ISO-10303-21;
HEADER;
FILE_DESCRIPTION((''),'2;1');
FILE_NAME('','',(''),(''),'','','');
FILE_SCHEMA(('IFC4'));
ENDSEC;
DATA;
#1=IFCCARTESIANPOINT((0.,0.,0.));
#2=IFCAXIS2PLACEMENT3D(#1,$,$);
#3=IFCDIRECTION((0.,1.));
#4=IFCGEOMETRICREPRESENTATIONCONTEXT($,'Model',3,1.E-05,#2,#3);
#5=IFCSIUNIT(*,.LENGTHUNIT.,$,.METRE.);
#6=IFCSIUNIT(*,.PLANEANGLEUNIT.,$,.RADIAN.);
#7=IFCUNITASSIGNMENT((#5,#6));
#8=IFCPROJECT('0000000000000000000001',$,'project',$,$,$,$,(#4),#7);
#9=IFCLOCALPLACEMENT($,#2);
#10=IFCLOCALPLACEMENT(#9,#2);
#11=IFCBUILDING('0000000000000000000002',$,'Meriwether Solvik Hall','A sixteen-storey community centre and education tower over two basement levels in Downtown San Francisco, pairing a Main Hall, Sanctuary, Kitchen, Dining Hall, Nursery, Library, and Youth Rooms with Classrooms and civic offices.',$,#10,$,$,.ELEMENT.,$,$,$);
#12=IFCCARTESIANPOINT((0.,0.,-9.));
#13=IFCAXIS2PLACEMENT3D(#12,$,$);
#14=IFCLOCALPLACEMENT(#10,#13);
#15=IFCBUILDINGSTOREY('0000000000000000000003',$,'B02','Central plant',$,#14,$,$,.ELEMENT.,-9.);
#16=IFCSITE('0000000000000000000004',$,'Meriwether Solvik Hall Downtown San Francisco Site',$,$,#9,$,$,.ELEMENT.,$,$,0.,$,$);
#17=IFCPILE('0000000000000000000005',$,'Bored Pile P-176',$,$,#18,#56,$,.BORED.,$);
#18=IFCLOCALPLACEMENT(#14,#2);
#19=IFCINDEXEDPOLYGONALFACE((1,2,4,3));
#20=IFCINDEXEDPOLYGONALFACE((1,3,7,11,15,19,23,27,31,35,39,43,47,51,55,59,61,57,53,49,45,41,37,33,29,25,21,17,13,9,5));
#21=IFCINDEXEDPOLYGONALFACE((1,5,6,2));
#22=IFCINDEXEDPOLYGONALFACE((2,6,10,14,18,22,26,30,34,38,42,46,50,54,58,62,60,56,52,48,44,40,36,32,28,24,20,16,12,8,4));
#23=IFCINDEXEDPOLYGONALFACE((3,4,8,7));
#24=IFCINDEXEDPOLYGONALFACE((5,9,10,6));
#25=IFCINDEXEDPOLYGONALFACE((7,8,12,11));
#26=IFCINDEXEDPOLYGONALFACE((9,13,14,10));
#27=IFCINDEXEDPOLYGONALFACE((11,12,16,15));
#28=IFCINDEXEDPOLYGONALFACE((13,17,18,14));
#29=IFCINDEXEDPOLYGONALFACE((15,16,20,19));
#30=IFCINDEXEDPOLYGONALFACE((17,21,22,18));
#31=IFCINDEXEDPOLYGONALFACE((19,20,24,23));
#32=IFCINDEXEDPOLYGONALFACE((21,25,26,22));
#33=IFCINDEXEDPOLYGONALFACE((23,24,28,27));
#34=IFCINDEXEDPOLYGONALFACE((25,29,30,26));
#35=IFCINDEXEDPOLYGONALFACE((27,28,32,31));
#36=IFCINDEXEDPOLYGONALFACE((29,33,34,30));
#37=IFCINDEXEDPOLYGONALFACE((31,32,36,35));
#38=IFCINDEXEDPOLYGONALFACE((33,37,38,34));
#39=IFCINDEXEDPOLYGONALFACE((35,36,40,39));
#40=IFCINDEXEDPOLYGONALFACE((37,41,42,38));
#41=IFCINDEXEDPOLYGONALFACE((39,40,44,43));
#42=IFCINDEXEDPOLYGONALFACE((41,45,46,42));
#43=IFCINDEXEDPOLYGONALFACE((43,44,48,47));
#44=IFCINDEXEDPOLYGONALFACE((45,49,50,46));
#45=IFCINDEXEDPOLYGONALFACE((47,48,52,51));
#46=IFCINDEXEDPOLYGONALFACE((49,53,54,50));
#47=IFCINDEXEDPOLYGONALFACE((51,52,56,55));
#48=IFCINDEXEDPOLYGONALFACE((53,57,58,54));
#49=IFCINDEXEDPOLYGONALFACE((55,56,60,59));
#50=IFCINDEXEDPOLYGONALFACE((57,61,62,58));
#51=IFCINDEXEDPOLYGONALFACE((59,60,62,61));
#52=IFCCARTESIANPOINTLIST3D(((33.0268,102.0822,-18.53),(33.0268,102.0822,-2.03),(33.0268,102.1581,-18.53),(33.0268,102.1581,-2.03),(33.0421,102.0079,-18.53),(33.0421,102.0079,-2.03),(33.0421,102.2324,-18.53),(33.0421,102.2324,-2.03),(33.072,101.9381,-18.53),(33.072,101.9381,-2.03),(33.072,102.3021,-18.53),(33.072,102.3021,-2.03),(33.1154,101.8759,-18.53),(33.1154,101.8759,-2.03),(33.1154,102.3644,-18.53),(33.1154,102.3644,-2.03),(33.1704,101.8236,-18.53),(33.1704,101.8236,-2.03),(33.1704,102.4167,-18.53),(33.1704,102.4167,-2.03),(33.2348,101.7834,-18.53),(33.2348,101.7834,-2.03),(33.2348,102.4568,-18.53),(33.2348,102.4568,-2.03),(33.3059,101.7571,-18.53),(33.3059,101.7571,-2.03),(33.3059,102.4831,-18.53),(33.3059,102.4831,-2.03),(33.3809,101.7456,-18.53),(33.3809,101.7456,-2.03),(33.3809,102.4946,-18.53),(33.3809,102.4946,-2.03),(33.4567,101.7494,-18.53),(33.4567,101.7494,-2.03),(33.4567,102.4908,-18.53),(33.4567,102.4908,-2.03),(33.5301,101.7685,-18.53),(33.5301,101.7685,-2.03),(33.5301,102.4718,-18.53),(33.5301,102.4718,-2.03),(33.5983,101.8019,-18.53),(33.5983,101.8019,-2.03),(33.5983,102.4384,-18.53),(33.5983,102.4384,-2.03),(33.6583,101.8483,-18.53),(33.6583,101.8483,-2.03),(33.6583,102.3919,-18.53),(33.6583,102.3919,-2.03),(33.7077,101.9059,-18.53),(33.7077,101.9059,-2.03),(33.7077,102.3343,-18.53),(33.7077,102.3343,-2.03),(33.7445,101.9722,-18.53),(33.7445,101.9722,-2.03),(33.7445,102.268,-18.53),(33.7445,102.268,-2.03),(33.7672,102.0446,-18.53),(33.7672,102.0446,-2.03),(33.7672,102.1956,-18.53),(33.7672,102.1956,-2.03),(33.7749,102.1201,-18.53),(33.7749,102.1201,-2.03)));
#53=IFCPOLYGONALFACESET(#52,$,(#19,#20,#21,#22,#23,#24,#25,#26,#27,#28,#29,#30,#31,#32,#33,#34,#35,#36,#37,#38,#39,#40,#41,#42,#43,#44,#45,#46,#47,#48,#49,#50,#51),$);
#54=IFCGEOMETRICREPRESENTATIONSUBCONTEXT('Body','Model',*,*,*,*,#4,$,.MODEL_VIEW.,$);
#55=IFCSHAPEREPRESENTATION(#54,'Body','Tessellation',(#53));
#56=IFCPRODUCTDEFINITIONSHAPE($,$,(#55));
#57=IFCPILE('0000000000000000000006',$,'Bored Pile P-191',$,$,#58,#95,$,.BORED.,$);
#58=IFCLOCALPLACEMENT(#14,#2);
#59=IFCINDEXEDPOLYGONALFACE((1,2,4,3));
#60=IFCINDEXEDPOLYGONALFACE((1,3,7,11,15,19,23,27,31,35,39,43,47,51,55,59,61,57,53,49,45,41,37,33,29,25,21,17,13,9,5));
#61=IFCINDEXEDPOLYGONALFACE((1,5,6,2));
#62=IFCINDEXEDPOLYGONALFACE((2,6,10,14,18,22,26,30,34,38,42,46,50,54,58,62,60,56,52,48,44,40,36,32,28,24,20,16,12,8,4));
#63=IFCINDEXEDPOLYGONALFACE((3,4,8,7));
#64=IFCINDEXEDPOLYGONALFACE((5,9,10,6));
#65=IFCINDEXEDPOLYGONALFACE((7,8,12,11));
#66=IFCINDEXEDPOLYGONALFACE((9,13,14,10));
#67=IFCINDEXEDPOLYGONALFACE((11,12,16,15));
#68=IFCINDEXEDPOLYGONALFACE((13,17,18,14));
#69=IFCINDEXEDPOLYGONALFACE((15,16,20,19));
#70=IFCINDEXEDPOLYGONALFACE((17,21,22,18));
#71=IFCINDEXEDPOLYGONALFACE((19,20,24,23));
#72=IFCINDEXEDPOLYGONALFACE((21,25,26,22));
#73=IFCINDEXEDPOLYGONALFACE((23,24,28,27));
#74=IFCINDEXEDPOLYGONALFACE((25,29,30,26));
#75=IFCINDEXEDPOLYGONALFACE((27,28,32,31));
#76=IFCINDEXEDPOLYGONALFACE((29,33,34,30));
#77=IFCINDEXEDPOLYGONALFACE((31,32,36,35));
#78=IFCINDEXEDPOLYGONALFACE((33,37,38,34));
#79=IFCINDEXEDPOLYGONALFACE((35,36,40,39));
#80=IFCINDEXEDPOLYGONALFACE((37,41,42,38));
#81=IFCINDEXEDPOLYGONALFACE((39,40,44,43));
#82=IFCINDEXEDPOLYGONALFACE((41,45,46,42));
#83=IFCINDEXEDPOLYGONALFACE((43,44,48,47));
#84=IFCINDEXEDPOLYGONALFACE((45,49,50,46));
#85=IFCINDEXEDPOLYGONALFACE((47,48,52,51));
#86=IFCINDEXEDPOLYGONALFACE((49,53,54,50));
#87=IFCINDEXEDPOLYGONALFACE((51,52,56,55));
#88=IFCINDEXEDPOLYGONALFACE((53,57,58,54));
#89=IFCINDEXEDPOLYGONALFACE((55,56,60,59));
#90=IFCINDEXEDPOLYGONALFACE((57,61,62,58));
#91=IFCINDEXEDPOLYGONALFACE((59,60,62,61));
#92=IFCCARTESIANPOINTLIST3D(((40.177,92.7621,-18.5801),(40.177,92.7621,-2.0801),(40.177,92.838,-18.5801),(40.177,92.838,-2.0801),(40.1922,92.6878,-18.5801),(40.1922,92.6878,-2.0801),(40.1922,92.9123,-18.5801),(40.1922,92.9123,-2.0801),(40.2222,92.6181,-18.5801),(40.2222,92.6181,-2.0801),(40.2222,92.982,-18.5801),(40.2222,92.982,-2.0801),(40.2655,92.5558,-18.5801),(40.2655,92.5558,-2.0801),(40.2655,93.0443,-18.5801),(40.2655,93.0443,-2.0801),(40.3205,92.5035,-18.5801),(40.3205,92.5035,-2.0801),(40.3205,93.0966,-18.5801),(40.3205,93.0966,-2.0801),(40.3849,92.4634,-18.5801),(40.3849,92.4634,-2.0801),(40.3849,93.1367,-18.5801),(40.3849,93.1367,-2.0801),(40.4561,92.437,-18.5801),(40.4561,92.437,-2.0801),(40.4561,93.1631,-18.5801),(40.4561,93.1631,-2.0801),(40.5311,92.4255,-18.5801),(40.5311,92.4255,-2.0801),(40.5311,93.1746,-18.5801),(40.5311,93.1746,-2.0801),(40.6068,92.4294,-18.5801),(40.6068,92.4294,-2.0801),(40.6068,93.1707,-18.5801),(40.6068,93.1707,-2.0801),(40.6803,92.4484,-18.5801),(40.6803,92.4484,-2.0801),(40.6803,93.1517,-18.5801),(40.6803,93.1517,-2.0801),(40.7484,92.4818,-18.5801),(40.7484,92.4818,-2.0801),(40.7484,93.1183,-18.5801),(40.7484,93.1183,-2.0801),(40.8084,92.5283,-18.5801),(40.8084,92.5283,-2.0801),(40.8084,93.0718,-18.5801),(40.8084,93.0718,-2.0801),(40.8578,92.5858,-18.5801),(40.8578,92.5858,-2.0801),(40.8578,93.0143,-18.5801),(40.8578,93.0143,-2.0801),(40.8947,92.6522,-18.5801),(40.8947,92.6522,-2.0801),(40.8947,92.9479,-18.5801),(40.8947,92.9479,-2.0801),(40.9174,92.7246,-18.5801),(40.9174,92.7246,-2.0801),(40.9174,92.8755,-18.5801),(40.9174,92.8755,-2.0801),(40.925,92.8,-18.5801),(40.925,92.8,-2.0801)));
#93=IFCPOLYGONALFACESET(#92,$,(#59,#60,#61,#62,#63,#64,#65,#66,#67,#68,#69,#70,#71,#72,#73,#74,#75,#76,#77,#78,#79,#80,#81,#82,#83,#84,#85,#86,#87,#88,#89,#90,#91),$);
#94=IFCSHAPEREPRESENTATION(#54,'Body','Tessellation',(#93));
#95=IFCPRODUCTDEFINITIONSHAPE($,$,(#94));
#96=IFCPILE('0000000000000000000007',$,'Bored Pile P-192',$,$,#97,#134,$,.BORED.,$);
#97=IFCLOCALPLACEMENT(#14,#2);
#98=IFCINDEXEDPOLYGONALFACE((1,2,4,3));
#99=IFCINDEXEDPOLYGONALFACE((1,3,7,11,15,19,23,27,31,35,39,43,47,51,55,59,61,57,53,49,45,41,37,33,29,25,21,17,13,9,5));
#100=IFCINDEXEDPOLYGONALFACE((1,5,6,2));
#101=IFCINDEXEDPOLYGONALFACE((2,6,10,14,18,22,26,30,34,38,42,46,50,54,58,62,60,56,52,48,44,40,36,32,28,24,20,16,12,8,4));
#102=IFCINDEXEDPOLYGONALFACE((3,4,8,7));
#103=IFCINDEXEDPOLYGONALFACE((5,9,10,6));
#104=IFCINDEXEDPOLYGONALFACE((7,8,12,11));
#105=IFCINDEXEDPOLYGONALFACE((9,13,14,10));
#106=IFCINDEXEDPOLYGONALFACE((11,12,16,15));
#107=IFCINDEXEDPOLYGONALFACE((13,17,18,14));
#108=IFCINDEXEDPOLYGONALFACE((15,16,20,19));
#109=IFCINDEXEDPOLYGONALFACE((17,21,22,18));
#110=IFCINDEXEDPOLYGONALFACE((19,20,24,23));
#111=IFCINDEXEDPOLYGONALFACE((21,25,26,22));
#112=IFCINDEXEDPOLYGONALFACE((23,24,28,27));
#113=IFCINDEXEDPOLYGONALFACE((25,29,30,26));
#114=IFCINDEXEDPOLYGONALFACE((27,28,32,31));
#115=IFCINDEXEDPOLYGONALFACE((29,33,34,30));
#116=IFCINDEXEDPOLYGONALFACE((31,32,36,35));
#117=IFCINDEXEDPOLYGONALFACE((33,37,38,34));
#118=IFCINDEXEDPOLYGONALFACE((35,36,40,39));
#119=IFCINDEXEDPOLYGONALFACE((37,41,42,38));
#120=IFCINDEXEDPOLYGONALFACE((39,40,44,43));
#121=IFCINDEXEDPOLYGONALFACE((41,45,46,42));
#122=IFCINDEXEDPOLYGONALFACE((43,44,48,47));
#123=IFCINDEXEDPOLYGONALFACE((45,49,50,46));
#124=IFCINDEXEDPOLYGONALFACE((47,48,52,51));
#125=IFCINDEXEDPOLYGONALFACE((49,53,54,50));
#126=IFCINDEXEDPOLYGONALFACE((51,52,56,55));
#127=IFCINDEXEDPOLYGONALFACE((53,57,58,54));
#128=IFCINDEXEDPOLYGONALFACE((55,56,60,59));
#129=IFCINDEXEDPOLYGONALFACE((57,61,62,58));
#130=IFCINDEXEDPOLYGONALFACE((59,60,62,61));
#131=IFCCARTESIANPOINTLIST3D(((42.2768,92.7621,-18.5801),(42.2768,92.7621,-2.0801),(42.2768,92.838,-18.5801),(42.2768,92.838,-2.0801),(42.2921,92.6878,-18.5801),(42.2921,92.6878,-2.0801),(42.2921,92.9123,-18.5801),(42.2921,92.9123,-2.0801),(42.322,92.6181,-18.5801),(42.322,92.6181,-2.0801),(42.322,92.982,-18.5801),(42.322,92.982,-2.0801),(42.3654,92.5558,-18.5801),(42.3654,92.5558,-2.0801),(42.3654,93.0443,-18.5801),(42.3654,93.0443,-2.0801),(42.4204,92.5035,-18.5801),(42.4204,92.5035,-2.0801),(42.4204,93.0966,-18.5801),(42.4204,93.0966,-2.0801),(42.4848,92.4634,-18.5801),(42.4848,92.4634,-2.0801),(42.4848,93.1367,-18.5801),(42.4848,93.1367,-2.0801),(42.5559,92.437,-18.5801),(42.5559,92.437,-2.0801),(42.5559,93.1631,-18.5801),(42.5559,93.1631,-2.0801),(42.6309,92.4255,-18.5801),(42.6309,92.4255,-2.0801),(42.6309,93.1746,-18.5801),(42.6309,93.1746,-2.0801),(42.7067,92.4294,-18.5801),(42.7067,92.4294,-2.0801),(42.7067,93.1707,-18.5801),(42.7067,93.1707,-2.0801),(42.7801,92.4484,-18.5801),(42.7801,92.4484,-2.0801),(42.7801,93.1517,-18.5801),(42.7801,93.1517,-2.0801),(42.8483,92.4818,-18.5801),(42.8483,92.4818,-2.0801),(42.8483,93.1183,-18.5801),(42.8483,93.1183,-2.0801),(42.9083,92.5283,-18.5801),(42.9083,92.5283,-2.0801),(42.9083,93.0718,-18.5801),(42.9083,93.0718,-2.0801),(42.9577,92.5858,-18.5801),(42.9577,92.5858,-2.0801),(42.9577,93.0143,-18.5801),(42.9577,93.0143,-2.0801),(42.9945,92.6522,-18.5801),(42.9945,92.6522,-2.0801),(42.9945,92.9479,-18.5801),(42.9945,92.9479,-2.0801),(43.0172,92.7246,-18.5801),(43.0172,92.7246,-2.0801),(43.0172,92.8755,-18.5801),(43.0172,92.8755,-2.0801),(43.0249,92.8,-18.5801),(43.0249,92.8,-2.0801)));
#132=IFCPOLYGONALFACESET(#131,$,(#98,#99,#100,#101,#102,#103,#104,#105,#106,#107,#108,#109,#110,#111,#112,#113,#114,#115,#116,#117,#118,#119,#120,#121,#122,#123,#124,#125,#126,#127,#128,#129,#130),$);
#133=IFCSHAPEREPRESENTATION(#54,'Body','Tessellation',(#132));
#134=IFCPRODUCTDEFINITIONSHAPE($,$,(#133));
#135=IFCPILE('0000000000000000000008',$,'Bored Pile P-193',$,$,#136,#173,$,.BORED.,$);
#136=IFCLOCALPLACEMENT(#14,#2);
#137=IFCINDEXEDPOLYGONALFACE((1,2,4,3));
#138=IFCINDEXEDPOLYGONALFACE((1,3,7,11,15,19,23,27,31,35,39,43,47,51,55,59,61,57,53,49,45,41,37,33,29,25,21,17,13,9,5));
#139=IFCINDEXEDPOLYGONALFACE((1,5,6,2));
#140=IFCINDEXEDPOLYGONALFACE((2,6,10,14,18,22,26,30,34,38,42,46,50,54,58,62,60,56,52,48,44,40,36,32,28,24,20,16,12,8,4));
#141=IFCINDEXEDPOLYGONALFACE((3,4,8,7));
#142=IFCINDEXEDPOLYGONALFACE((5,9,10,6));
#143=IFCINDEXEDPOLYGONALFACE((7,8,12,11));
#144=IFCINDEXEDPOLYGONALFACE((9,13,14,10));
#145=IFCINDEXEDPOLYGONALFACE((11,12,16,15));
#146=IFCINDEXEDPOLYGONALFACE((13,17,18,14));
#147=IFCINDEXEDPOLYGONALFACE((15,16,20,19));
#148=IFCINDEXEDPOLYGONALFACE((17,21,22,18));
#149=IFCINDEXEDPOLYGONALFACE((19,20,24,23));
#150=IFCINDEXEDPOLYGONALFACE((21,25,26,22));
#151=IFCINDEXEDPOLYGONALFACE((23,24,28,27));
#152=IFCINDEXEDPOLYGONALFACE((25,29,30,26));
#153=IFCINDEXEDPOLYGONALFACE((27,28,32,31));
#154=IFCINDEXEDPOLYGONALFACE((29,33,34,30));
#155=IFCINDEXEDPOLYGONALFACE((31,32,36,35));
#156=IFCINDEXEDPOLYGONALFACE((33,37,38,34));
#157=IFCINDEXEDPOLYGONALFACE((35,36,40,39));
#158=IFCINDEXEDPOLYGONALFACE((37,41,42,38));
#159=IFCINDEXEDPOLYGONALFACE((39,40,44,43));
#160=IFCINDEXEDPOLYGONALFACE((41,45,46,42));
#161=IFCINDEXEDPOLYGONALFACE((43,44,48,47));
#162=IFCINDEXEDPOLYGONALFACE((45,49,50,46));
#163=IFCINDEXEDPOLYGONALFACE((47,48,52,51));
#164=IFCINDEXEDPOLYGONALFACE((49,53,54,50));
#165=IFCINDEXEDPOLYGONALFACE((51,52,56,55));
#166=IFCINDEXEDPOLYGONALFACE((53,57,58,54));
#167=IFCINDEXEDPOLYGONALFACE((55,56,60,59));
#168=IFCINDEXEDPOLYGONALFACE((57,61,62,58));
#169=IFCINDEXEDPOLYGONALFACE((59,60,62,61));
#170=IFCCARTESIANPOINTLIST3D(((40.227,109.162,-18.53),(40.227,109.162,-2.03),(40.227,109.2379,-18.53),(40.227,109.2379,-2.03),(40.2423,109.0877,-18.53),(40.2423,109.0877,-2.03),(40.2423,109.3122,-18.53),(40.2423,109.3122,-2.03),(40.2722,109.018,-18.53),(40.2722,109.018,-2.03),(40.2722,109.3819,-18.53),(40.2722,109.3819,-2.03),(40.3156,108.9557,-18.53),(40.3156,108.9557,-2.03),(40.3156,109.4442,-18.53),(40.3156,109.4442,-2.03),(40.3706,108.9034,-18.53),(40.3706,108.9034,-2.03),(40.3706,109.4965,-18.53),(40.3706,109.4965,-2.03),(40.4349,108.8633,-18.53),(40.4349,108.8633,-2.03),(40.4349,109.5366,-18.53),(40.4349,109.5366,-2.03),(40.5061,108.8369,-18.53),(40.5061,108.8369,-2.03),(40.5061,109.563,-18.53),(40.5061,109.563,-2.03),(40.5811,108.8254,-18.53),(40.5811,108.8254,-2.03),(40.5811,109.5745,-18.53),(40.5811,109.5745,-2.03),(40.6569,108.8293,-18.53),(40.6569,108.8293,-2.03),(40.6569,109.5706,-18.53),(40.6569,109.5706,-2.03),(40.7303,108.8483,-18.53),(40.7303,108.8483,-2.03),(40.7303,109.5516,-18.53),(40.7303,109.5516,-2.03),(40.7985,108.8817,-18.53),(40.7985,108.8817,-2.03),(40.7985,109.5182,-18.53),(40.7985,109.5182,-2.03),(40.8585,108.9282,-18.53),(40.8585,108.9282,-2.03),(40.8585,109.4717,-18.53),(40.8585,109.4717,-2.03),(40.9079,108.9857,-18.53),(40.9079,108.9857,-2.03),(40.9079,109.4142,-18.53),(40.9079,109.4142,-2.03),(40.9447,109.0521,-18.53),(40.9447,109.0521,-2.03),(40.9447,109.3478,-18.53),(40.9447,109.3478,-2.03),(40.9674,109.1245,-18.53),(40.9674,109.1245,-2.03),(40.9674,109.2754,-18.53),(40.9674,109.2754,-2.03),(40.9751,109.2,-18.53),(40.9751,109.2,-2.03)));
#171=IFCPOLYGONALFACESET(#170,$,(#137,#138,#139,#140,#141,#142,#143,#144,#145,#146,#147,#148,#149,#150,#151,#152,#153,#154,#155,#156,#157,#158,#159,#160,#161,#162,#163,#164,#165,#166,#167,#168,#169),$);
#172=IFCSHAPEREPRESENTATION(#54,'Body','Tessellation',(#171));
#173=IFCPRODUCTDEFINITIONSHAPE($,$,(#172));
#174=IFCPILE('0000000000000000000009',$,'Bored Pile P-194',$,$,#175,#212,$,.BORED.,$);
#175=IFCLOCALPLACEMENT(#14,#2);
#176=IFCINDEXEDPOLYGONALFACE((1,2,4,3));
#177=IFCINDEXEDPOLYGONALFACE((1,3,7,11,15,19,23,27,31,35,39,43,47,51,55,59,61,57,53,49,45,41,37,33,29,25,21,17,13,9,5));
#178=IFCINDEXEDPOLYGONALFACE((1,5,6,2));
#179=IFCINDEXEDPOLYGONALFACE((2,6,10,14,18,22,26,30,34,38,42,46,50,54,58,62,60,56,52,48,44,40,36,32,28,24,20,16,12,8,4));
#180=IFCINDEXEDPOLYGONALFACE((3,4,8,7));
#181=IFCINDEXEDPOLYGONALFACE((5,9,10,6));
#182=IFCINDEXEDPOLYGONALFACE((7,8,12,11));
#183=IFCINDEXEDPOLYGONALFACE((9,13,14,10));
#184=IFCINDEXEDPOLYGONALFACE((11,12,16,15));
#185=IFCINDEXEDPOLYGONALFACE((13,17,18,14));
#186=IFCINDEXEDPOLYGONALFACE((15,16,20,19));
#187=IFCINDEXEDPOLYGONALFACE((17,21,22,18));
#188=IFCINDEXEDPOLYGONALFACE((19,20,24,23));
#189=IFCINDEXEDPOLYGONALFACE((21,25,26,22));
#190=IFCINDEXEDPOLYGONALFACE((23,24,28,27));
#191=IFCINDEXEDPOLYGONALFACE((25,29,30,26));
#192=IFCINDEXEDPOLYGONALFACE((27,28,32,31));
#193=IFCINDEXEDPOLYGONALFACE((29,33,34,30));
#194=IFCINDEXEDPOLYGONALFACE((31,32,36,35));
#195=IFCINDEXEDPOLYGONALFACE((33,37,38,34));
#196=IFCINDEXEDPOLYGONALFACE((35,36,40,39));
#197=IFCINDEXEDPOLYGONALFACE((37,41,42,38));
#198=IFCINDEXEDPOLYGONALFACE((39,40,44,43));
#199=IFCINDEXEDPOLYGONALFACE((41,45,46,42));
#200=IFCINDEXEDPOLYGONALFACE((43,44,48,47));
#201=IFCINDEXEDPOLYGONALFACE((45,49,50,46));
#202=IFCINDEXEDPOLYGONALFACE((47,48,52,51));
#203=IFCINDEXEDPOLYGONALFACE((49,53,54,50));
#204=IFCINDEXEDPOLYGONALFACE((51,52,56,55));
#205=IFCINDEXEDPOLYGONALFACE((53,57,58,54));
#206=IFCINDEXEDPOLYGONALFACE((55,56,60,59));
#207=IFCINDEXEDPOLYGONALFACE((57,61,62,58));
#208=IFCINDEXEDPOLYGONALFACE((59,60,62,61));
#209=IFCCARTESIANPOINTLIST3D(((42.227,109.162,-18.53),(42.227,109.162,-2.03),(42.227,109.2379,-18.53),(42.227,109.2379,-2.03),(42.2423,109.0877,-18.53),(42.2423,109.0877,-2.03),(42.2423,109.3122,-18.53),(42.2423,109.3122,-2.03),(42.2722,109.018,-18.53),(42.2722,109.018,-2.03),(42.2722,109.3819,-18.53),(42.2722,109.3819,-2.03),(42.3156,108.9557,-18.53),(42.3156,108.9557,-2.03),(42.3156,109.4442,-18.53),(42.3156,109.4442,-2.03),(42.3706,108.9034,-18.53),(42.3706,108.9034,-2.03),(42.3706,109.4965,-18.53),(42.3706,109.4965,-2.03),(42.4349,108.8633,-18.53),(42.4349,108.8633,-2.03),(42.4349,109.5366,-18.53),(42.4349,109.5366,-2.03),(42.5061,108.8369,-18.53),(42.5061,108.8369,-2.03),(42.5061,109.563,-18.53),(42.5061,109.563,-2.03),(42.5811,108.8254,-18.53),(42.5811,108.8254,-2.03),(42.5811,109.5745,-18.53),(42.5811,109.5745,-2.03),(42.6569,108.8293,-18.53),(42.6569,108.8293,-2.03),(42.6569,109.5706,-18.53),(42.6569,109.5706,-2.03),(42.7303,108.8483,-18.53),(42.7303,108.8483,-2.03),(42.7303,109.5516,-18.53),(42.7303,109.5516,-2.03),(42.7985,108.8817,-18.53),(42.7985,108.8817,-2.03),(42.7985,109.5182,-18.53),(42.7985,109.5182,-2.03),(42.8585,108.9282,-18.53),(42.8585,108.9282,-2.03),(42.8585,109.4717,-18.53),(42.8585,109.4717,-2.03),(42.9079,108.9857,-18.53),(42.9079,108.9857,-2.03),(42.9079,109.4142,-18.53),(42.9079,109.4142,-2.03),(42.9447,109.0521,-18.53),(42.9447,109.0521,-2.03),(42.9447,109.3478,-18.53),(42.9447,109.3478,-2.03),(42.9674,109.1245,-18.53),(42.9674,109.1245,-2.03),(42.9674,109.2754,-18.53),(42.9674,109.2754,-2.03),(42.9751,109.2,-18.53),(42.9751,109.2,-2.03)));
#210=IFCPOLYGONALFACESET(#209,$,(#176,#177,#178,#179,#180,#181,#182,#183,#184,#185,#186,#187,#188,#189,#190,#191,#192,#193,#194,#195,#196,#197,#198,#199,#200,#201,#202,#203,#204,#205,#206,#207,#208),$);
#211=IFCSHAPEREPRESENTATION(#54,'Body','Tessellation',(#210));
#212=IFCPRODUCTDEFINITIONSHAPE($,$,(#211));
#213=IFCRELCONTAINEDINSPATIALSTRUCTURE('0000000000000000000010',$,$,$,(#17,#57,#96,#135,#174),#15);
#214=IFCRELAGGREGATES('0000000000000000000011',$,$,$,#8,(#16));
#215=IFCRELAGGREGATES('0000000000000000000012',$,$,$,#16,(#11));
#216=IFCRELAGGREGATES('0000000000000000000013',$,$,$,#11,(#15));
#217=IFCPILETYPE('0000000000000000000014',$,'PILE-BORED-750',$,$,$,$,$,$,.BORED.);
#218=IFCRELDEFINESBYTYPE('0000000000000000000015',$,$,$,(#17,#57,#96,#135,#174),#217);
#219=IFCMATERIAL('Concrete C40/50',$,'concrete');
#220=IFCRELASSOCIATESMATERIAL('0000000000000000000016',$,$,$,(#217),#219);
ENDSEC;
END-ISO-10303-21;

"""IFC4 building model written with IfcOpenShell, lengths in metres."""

from ifc_helpers import new_model, si_unit, direction, frame, origin, origin_2d, place, context, subcontext, project, spatial, circle, extrude, material, material_profile, profile_set, type_object, element, save


model = new_model("IFC4")

# Units and contexts
model_context = context("Model", 3, precision=1e-05, world=origin(), true_north=direction((0.0, 1.0)))
body_context = subcontext(model_context, "Body", "Model", "MODEL_VIEW")
ifc_project = project(units=[si_unit("LENGTHUNIT", "METRE"), si_unit("PLANEANGLEUNIT", "RADIAN")], contexts=[model_context])

# Site, building, storey
site_placement = place(None, origin())
site = spatial("IfcSite", under=ifc_project, at=site_placement, Name="Meriwether Solvik Hall Downtown San Francisco Site", CompositionType="ELEMENT", RefElevation=0.0)
building_placement = place(site_placement, origin())
building = spatial("IfcBuilding", under=site, at=building_placement, Name="Meriwether Solvik Hall", Description="A sixteen-storey community centre and education tower over two basement levels in Downtown San Francisco, pairing a Main Hall, Sanctuary, Kitchen, Dining Hall, Nursery, Library, and Youth Rooms with Classrooms and civic offices.", CompositionType="ELEMENT")
storey_placement = place(building_placement, frame((0.0, 0.0, -9.0)))
storey = spatial("IfcBuildingStorey", under=building, at=storey_placement, Name="B02", Description="Central plant", CompositionType="ELEMENT", Elevation=-9.0)

# Piles
ifc_material_1 = material(Name="Concrete C40/50", Category="concrete")
ifc_material_profile_1 = material_profile(ifc_material_1, circle(Radius=0.375, at=origin_2d()), Name="PILE-D750")
ifc_profile_set_1 = profile_set([ifc_material_profile_1], Name="Concrete C40/50")
pile_type = type_object("IfcPileType", Name="PILE-BORED-750", PredefinedType="BORED", material=ifc_profile_set_1)
for number, where, z_axis, x_axis, name in (
    (1, (33.3999, 102.1201, -2.03), (0.0, 0.0, -1.0), (1.0, 0.0, 0.0), "Bored Pile P-176"),
    (2, (40.55, 92.8, -2.0801), (0.0, 0.0, -1.0), (1.0, 0.0, 0.0), "Bored Pile P-191"),
    (3, (42.6499, 92.8, -2.0801), (0.0, 0.0, -1.0), (1.0, 0.0, 0.0), "Bored Pile P-192"),
    (4, (40.6001, 109.2, -2.03), (0.0, 0.0, -1.0), (1.0, 0.0, 0.0), "Bored Pile P-193"),
    (5, (42.6001, 109.2, -2.03), (0.0, 0.0, -1.0), (1.0, 0.0, 0.0), "Bored Pile P-194"),
):
    element("IfcPile", number, at=place(storey_placement, frame(where, z_axis=z_axis, x_axis=x_axis)), inside=storey, type_object=pile_type, Name=name, PredefinedType="BORED", context=body_context, shape_type="SweptSolid", body=[
        extrude(circle(Radius=0.375, at=origin_2d()), origin(), (0.0, 0.0, 1.0), 16.5),
    ])

save(model, "model.ifc")
